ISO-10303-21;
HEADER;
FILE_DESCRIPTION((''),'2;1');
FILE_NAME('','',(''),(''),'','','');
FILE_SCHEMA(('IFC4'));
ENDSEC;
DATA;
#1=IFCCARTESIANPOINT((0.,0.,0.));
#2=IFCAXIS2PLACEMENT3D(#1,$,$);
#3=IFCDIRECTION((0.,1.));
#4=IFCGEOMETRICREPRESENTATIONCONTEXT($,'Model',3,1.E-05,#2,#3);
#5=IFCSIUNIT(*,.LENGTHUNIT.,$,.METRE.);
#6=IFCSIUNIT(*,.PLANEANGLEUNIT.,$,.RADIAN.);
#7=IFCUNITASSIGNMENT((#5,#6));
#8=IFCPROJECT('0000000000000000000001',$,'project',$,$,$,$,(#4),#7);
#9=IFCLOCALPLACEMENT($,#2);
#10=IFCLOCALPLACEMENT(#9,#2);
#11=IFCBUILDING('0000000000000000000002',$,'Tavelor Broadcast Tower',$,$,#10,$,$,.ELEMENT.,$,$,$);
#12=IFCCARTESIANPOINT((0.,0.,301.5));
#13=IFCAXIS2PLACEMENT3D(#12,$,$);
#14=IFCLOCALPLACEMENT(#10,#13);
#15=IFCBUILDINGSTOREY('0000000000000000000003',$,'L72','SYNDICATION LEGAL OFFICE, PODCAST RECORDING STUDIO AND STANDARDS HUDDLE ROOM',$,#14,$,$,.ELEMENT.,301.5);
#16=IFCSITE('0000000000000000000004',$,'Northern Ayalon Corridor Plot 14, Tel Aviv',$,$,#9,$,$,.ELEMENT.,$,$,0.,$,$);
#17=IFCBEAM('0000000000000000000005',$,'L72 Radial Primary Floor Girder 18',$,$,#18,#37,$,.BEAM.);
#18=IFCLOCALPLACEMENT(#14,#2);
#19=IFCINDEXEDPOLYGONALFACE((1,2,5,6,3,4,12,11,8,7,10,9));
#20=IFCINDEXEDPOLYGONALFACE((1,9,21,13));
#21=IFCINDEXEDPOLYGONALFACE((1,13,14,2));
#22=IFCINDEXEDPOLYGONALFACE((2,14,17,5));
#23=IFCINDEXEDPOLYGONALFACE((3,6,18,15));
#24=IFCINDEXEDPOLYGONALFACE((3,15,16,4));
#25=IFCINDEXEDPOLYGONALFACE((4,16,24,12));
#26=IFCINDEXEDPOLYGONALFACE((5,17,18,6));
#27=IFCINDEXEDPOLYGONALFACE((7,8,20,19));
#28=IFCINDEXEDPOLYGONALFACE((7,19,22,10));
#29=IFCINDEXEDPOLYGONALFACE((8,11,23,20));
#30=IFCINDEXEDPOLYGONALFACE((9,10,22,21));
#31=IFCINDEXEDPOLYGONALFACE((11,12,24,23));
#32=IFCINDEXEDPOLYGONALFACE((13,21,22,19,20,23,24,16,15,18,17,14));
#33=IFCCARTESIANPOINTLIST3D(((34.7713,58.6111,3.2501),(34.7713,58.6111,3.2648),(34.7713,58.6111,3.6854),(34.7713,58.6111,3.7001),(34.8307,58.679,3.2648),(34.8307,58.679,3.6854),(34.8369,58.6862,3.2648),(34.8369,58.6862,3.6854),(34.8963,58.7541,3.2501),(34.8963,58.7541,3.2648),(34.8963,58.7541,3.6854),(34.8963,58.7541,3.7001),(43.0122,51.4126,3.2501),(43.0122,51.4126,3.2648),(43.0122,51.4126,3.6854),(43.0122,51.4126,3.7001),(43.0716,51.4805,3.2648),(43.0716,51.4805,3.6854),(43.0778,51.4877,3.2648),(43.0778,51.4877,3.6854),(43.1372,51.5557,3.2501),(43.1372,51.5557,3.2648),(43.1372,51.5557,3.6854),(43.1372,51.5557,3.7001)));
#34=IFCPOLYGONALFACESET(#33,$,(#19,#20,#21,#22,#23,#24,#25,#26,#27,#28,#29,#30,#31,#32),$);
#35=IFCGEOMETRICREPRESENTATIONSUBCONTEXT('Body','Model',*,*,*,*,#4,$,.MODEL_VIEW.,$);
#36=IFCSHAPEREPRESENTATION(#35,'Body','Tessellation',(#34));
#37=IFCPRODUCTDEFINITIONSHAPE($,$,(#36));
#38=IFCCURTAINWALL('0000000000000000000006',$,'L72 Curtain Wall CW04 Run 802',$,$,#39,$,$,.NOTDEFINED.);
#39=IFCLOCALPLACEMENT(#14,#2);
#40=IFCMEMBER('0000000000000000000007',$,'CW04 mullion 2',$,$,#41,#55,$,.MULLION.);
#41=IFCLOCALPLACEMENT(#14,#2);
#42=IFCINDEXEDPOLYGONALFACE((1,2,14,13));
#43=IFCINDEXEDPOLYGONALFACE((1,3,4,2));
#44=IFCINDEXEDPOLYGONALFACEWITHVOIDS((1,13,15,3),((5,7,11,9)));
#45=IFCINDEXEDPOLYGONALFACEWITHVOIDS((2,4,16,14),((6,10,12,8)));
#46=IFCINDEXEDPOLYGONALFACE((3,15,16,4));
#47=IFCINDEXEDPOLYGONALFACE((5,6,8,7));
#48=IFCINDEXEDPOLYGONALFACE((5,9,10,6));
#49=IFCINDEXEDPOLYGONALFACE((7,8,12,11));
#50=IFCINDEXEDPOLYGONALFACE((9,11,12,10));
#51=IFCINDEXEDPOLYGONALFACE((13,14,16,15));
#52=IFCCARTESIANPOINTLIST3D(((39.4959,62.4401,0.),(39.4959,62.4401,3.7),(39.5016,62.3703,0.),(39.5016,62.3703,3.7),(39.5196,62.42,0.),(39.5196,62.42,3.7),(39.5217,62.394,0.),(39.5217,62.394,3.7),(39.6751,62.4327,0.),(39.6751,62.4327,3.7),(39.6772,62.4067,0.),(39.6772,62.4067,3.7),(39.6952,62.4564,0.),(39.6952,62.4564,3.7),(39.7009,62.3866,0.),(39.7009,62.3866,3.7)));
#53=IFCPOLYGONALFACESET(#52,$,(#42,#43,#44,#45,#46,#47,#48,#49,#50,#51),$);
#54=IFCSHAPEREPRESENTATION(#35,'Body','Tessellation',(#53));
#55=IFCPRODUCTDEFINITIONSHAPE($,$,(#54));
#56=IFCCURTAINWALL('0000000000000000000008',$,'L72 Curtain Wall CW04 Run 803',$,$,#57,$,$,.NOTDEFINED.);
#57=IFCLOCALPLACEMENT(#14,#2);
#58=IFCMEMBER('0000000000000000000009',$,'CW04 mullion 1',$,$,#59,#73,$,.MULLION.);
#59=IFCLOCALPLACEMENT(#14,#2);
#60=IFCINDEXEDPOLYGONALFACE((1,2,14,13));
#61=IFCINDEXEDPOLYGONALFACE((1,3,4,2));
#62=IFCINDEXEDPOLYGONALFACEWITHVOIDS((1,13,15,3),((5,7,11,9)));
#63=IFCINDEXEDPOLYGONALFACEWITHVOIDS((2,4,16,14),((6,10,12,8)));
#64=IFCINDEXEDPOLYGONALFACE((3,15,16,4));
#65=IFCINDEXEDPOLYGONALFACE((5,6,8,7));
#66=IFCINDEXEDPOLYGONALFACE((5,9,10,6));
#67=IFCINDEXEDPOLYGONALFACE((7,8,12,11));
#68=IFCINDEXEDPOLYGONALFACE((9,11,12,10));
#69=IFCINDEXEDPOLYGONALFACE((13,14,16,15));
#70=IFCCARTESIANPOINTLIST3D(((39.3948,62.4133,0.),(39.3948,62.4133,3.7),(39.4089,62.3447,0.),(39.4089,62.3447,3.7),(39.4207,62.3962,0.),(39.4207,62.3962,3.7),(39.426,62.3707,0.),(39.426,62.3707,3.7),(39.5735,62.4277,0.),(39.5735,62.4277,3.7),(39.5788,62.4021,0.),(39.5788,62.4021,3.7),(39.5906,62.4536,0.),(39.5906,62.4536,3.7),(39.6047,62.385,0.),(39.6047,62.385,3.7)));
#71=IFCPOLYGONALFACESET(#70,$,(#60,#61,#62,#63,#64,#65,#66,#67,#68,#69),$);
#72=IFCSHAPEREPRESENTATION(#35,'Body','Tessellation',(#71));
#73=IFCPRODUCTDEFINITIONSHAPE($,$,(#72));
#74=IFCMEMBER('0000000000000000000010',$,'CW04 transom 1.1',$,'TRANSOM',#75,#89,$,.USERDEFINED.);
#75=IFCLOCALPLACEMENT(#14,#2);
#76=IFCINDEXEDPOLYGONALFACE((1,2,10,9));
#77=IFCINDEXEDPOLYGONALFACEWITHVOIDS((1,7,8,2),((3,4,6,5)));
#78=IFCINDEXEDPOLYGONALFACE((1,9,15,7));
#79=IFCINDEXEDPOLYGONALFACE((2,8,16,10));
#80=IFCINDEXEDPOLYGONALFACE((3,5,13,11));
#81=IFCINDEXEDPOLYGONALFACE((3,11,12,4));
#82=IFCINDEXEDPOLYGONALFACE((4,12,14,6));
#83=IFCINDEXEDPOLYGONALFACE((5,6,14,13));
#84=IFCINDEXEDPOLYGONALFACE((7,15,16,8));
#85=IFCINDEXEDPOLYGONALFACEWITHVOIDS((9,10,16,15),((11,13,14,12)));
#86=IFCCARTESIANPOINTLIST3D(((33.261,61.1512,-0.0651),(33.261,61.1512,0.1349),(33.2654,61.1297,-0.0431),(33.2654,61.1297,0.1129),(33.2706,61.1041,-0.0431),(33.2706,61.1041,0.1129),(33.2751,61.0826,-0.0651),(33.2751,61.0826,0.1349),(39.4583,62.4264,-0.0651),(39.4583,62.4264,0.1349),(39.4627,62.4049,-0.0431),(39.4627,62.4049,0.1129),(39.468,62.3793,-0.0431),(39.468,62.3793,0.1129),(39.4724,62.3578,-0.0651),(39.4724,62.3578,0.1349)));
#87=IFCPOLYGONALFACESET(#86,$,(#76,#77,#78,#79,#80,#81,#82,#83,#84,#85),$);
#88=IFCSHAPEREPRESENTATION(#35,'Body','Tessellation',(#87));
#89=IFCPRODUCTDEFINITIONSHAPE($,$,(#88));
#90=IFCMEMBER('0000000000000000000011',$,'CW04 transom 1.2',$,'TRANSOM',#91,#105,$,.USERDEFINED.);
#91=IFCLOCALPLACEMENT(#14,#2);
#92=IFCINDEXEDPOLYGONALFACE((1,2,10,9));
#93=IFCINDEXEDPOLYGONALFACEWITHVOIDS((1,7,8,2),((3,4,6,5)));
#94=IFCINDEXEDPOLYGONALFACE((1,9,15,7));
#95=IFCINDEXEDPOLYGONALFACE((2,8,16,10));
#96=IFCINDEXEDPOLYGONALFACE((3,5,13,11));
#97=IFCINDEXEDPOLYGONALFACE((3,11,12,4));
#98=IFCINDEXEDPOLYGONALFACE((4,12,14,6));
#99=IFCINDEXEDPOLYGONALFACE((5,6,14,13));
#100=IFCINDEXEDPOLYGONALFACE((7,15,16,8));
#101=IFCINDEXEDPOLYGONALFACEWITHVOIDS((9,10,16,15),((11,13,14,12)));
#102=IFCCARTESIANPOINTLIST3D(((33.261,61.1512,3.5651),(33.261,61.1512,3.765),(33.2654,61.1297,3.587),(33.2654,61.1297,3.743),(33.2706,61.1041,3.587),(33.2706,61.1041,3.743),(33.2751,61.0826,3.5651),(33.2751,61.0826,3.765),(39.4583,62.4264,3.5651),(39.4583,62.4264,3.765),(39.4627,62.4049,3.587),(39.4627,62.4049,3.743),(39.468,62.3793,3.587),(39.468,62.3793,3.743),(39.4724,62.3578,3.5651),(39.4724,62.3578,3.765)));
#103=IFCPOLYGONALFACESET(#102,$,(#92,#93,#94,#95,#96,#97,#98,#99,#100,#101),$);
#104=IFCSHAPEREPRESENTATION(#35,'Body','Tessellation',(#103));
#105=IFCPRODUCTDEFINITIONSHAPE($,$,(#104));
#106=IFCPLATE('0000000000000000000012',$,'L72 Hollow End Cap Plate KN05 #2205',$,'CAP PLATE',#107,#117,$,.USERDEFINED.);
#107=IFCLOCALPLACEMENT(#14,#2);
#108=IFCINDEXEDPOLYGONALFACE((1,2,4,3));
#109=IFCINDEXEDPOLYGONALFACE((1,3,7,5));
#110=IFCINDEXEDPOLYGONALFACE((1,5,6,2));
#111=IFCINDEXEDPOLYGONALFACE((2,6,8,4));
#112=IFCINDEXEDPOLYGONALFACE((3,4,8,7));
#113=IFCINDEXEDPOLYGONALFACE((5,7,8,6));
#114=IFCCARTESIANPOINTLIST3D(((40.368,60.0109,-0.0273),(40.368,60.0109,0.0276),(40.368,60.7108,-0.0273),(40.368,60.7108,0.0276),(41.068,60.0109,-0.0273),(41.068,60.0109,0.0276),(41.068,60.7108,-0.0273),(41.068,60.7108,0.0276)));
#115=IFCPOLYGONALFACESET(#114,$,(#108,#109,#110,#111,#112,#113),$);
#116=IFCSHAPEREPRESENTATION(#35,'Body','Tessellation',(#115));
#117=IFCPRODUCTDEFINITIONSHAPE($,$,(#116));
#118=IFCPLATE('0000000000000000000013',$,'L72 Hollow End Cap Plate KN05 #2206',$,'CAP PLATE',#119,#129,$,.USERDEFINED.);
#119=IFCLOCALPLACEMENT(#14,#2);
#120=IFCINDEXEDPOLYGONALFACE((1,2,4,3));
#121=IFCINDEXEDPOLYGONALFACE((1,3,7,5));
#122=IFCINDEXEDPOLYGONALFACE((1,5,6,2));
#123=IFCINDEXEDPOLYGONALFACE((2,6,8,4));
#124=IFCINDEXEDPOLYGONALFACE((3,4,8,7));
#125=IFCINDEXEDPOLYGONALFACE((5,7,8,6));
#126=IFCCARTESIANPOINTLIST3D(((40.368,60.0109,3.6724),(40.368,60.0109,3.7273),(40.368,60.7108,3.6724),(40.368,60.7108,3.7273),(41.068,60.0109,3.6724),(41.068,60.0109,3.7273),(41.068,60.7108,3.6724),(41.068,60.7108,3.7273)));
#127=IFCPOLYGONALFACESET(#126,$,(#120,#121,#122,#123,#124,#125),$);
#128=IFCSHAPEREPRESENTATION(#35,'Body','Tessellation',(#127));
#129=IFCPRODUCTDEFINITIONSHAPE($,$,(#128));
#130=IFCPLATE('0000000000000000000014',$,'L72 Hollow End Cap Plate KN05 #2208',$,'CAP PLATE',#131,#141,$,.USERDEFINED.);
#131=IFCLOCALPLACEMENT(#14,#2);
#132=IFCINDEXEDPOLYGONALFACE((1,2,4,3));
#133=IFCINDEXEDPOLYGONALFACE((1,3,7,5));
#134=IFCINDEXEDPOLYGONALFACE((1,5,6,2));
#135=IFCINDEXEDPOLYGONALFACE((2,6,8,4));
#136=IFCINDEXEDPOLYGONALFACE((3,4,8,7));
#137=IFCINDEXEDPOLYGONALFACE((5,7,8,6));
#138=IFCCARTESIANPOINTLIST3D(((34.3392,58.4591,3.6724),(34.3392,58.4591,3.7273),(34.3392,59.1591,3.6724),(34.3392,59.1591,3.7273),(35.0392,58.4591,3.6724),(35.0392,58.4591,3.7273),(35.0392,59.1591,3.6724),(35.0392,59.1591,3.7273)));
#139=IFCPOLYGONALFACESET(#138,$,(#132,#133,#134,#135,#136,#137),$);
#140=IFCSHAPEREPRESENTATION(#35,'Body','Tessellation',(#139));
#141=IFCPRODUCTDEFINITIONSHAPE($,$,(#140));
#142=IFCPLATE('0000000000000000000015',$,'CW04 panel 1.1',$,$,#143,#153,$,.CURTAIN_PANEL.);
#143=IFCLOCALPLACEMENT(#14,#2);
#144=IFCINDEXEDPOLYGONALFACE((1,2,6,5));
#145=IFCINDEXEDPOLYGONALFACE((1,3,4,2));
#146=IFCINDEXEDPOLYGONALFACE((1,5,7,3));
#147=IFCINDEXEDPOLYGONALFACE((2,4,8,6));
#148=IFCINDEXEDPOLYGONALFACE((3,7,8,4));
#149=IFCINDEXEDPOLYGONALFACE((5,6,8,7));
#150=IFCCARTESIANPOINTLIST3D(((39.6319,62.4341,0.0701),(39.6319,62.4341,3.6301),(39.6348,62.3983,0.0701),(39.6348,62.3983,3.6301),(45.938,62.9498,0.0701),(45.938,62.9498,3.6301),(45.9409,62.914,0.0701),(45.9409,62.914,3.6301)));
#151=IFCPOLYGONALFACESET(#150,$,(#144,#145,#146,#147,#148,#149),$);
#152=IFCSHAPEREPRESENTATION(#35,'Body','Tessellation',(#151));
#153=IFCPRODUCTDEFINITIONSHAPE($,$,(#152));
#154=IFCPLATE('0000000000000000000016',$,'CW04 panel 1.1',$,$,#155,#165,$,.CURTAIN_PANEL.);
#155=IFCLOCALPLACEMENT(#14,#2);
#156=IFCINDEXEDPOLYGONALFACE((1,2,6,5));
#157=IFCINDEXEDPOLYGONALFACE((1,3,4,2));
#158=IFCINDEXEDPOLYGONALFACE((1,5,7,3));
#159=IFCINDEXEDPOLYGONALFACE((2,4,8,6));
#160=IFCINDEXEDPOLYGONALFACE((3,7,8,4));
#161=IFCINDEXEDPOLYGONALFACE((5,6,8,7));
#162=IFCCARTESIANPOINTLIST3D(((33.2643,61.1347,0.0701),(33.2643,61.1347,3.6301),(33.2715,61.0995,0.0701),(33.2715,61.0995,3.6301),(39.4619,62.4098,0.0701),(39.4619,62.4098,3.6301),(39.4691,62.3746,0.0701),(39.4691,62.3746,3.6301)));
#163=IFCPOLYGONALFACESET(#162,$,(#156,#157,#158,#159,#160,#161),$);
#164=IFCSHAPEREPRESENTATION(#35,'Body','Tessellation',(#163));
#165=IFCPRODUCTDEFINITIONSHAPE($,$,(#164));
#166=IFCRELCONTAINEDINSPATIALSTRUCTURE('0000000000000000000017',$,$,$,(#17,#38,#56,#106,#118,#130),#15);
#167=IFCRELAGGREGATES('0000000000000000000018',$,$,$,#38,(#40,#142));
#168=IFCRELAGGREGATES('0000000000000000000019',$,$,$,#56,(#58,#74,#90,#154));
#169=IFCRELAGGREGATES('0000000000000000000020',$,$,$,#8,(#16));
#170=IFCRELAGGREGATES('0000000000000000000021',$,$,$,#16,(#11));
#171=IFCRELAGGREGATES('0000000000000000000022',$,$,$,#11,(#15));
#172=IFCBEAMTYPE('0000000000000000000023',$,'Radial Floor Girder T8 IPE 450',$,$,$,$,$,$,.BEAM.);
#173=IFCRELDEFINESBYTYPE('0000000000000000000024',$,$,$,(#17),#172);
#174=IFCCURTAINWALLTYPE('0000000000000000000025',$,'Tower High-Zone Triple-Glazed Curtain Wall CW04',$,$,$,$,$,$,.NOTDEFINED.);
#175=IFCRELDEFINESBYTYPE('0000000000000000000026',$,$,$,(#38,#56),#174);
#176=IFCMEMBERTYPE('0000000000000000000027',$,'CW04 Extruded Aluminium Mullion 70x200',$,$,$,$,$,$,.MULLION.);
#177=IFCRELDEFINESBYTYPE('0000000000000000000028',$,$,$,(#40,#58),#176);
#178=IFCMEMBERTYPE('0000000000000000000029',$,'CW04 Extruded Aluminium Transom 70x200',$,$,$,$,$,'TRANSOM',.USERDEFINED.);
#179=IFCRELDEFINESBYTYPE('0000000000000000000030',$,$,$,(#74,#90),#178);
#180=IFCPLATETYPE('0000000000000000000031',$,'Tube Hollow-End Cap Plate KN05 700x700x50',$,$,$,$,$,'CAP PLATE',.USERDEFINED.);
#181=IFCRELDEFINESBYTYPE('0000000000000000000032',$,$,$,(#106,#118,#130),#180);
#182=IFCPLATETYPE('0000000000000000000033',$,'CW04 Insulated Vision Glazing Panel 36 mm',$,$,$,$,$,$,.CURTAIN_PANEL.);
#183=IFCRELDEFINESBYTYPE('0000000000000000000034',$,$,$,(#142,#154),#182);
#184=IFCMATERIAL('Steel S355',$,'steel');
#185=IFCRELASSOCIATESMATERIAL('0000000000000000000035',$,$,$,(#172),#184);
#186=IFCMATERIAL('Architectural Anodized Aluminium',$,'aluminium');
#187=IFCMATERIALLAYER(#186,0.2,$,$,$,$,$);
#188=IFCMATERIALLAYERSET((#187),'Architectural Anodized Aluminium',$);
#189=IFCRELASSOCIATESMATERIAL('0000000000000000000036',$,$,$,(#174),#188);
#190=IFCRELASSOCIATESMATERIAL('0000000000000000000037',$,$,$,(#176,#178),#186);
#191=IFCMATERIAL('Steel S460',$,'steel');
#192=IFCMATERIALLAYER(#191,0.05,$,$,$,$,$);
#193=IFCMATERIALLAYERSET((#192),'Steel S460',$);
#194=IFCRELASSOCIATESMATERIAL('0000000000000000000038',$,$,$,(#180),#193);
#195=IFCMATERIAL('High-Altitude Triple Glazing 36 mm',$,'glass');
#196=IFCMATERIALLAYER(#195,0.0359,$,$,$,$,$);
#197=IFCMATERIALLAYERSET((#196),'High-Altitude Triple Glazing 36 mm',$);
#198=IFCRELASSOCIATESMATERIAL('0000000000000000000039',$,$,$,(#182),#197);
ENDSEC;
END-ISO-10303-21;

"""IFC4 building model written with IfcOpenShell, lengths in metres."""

from ifc_helpers import new_model, si_unit, direction, frame, origin, origin_2d, place, context, subcontext, project, spatial, rectangle, hollow_rectangle, i_section, extrude, source, transform, mapped, material, layer, layer_set, material_profile, profile_set, type_object, type_shapes, element, aggregate, save


model = new_model("IFC4")

# Units and contexts
model_context = context("Model", 3, precision=1e-05, world=origin(), true_north=direction((0.0, 1.0)))
body_context = subcontext(model_context, "Body", "Model", "MODEL_VIEW")
ifc_project = project(units=[si_unit("LENGTHUNIT", "METRE"), si_unit("PLANEANGLEUNIT", "RADIAN")], contexts=[model_context])

# Site, building, storey
site_placement = place(None, origin())
site = spatial("IfcSite", under=ifc_project, at=site_placement, Name="Northern Ayalon Corridor Plot 14, Tel Aviv", CompositionType="ELEMENT", RefElevation=0.0)
building_placement = place(site_placement, origin())
building = spatial("IfcBuilding", under=site, at=building_placement, Name="Tavelor Broadcast Tower", CompositionType="ELEMENT")
storey_placement = place(building_placement, frame((0.0, 0.0, 301.5)))
storey = spatial("IfcBuildingStorey", under=building, at=storey_placement, Name="L72", Description="SYNDICATION LEGAL OFFICE, PODCAST RECORDING STUDIO AND STANDARDS HUDDLE ROOM", CompositionType="ELEMENT", Elevation=301.5)

# Shared definitions
ifc_material_1 = material(Name="Steel S460", Category="steel")

# Beam
ifc_material_2 = material(Name="Steel S355", Category="steel")
ifc_material_profile_1 = material_profile(ifc_material_2, i_section(OverallWidth=0.1899, OverallDepth=0.45, WebThickness=0.0095, FlangeThickness=0.0146, at=origin_2d()), Name="IPE 450")
ifc_profile_set_1 = profile_set([ifc_material_profile_1], Name="Steel S355")
beam_type_1 = type_object("IfcBeamType", Name="Radial Floor Girder T8 IPE 450", PredefinedType="BEAM", material=ifc_profile_set_1)
beam_1_placement = place(storey_placement, frame((43.0747, 51.4841, 3.4751), z_axis=(-0.753136, 0.657865, 0.0), x_axis=(-0.657865, -0.753136, 0.0)))
element("IfcBeam", 1, at=beam_1_placement, inside=storey, type_object=beam_type_1, Name="L72 Radial Primary Floor Girder 18", PredefinedType="BEAM", context=body_context, shape_type="SweptSolid", body=[
    extrude(i_section(OverallWidth=0.1899, OverallDepth=0.45, WebThickness=0.0095, FlangeThickness=0.0146, at=origin_2d()), origin(), (0.0, 0.0, 1.0), 10.9421),
])

# Curtain wall, member
ifc_material_3 = material(Name="Architectural Anodized Aluminium", Category="aluminium")
ifc_layer_1 = layer(ifc_material_3, 0.2)
ifc_layer_set_1 = layer_set([ifc_layer_1], Name="Architectural Anodized Aluminium")
curtain_wall_type = type_object("IfcCurtainWallType", Name="Tower High-Zone Triple-Glazed Curtain Wall CW04", PredefinedType="NOTDEFINED", material=ifc_layer_set_1)
curtain_wall_1_placement = place(storey_placement, origin())
curtain_wall_1 = element("IfcCurtainWall", 2, at=curtain_wall_1_placement, inside=storey, type_object=curtain_wall_type, Name="L72 Curtain Wall CW04 Run 802", PredefinedType="NOTDEFINED")
ifc_material_profile_2 = material_profile(ifc_material_3, hollow_rectangle(XDim=0.0701, YDim=0.2, WallThickness=0.022, at=origin_2d()), Name="RHS 70x200x22")
ifc_profile_set_2 = profile_set([ifc_material_profile_2], Name="Architectural Anodized Aluminium")
member_type_1 = type_object("IfcMemberType", Name="CW04 Extruded Aluminium Mullion 70x200", PredefinedType="MULLION", material=ifc_profile_set_2)
shared_shape_1 = source(origin(), body_context, "Body", "SweptSolid", [
    extrude(hollow_rectangle(XDim=0.0701, YDim=0.2, WallThickness=0.022, at=origin_2d()), origin(), (0.0, 0.0, 1.0), 3.7),
])
type_shapes(member_type_1, [shared_shape_1])
member_1_placement = place(storey_placement, frame((39.5984, 62.4133, 0.0), z_axis=(0.0, 0.0, 1.0), x_axis=(0.081503, -0.996673, 0.0)))
member_1 = element("IfcMember", 3, at=member_1_placement, type_object=member_type_1, Name="CW04 mullion 2", PredefinedType="MULLION", context=body_context, shape_type="MappedRepresentation", body=[
    mapped(shared_shape_1, transform((0.0, 0.0, 0.0), scale=1.0)),
])

# Curtain wall, members
curtain_wall_2_placement = place(storey_placement, origin())
curtain_wall_2 = element("IfcCurtainWall", 4, at=curtain_wall_2_placement, inside=storey, type_object=curtain_wall_type, Name="L72 Curtain Wall CW04 Run 803", PredefinedType="NOTDEFINED")
member_2_placement = place(storey_placement, frame((39.4998, 62.3992, 0.0), z_axis=(0.0, 0.0, 1.0), x_axis=(0.201522, -0.979484, 0.0)))
member_2 = element("IfcMember", 5, at=member_2_placement, type_object=member_type_1, Name="CW04 mullion 1", PredefinedType="MULLION", context=body_context, shape_type="MappedRepresentation", body=[
    mapped(shared_shape_1, transform((0.0, 0.0, 0.0), scale=1.0)),
])
ifc_material_profile_3 = material_profile(ifc_material_3, hollow_rectangle(XDim=0.0701, YDim=0.2, WallThickness=0.022, at=origin_2d()), Name="RHS 70x200x22")
ifc_profile_set_3 = profile_set([ifc_material_profile_3], Name="Architectural Anodized Aluminium")
member_type_2 = type_object("IfcMemberType", Name="CW04 Extruded Aluminium Transom 70x200", ElementType="TRANSOM", PredefinedType="USERDEFINED", material=ifc_profile_set_3)
shared_shape_2 = source(origin(), body_context, "Body", "SweptSolid", [
    extrude(hollow_rectangle(XDim=0.0701, YDim=0.2, WallThickness=0.022, at=origin_2d()), origin(), (0.0, 0.0, 1.0), 6.3271),
])
type_shapes(member_type_2, [shared_shape_2])
member_3_placement = place(storey_placement, frame((39.4653, 62.3921, 0.0349), z_axis=(-0.979481, -0.201538, 0.0), x_axis=(0.201538, -0.979481, 0.0)))
member_3 = element("IfcMember", 6, at=member_3_placement, type_object=member_type_2, Name="CW04 transom 1.1", ObjectType="TRANSOM", PredefinedType="USERDEFINED", context=body_context, shape_type="MappedRepresentation", body=[
    mapped(shared_shape_2, transform((0.0, 0.0, 0.0), scale=1.0)),
])
member_4_placement = place(storey_placement, frame((39.4653, 62.3921, 3.665), z_axis=(-0.979481, -0.201538, 0.0), x_axis=(0.201538, -0.979481, 0.0)))
member_4 = element("IfcMember", 7, at=member_4_placement, type_object=member_type_2, Name="CW04 transom 1.2", ObjectType="TRANSOM", PredefinedType="USERDEFINED", context=body_context, shape_type="MappedRepresentation", body=[
    mapped(shared_shape_2, transform((0.0, 0.0, 0.0), scale=1.0)),
])

# Plates
ifc_layer_2 = layer(ifc_material_1, 0.05)
ifc_layer_set_2 = layer_set([ifc_layer_2], Name="Steel S460")
plate_type_1 = type_object("IfcPlateType", Name="Tube Hollow-End Cap Plate KN05 700x700x50", ElementType="CAP PLATE", PredefinedType="USERDEFINED", material=ifc_layer_set_2)
shared_shape_3 = source(origin(), body_context, "Body", "SweptSolid", [
    extrude(rectangle(XDim=0.7, YDim=0.7, at=origin_2d()), origin(), (0.0, 0.0, 1.0), 0.0549),
])
type_shapes(plate_type_1, [shared_shape_3])
for number, where, z_axis, x_axis, name in (
    (8, (40.718, 60.3608, -0.0273), (0.0, 0.0, 1.0), (1.0, 0.0, 0.0), "L72 Hollow End Cap Plate KN05 #2205"),
    (9, (40.718, 60.3608, 3.6724), (0.0, 0.0, 1.0), (1.0, 0.0, 0.0), "L72 Hollow End Cap Plate KN05 #2206"),
    (10, (34.6892, 58.8091, 3.6724), (0.0, 0.0, 1.0), (1.0, 0.0, 0.0), "L72 Hollow End Cap Plate KN05 #2208"),
):
    element("IfcPlate", number, at=place(storey_placement, frame(where, z_axis=z_axis, x_axis=x_axis)), inside=storey, type_object=plate_type_1, Name=name, ObjectType="CAP PLATE", PredefinedType="USERDEFINED", context=body_context, shape_type="MappedRepresentation", body=[
        mapped(shared_shape_3, transform((0.0, 0.0, 0.0), scale=1.0)),
    ])

# Plates
ifc_material_4 = material(Name="High-Altitude Triple Glazing 36 mm", Category="glass")
ifc_layer_3 = layer(ifc_material_4, 0.0359)
ifc_layer_set_3 = layer_set([ifc_layer_3], Name="High-Altitude Triple Glazing 36 mm")
plate_type_2 = type_object("IfcPlateType", Name="CW04 Insulated Vision Glazing Panel 36 mm", PredefinedType="CURTAIN_PANEL", material=ifc_layer_set_3)
shared_shape_4 = source(origin(), body_context, "Body", "SweptSolid", [
    extrude(rectangle(XDim=6.3271, YDim=0.0359, at=origin_2d()), origin(), (0.0, 0.0, 1.0), 3.5601),
])
plate_1_placement = place(storey_placement, frame((42.7864, 62.6741, 0.0701), z_axis=(0.0, 0.0, 1.0), x_axis=(-0.996673, -0.081503, 0.0)))
plate_1 = element("IfcPlate", 11, at=plate_1_placement, type_object=plate_type_2, Name="CW04 panel 1.1", PredefinedType="CURTAIN_PANEL", context=body_context, shape_type="MappedRepresentation", body=[
    mapped(shared_shape_4, transform((0.0, 0.0, 0.0), scale=1.0)),
])
aggregate(curtain_wall_1, [member_1, plate_1])
shared_shape_5 = source(origin(), body_context, "Body", "SweptSolid", [
    extrude(rectangle(XDim=6.3274, YDim=0.0359, at=origin_2d()), origin(), (0.0, 0.0, 1.0), 3.5601),
])
type_shapes(plate_type_2, [shared_shape_4, shared_shape_5])
plate_2_placement = place(storey_placement, frame((36.3667, 61.7546, 0.0701), z_axis=(0.0, 0.0, 1.0), x_axis=(-0.979484, -0.201522, 0.0)))
plate_2 = element("IfcPlate", 12, at=plate_2_placement, type_object=plate_type_2, Name="CW04 panel 1.1", PredefinedType="CURTAIN_PANEL", context=body_context, shape_type="MappedRepresentation", body=[
    mapped(shared_shape_5, transform((0.0, 0.0, 0.0), scale=1.0)),
])
aggregate(curtain_wall_2, [member_2, member_3, member_4, plate_2])

save(model, "model.ifc")
